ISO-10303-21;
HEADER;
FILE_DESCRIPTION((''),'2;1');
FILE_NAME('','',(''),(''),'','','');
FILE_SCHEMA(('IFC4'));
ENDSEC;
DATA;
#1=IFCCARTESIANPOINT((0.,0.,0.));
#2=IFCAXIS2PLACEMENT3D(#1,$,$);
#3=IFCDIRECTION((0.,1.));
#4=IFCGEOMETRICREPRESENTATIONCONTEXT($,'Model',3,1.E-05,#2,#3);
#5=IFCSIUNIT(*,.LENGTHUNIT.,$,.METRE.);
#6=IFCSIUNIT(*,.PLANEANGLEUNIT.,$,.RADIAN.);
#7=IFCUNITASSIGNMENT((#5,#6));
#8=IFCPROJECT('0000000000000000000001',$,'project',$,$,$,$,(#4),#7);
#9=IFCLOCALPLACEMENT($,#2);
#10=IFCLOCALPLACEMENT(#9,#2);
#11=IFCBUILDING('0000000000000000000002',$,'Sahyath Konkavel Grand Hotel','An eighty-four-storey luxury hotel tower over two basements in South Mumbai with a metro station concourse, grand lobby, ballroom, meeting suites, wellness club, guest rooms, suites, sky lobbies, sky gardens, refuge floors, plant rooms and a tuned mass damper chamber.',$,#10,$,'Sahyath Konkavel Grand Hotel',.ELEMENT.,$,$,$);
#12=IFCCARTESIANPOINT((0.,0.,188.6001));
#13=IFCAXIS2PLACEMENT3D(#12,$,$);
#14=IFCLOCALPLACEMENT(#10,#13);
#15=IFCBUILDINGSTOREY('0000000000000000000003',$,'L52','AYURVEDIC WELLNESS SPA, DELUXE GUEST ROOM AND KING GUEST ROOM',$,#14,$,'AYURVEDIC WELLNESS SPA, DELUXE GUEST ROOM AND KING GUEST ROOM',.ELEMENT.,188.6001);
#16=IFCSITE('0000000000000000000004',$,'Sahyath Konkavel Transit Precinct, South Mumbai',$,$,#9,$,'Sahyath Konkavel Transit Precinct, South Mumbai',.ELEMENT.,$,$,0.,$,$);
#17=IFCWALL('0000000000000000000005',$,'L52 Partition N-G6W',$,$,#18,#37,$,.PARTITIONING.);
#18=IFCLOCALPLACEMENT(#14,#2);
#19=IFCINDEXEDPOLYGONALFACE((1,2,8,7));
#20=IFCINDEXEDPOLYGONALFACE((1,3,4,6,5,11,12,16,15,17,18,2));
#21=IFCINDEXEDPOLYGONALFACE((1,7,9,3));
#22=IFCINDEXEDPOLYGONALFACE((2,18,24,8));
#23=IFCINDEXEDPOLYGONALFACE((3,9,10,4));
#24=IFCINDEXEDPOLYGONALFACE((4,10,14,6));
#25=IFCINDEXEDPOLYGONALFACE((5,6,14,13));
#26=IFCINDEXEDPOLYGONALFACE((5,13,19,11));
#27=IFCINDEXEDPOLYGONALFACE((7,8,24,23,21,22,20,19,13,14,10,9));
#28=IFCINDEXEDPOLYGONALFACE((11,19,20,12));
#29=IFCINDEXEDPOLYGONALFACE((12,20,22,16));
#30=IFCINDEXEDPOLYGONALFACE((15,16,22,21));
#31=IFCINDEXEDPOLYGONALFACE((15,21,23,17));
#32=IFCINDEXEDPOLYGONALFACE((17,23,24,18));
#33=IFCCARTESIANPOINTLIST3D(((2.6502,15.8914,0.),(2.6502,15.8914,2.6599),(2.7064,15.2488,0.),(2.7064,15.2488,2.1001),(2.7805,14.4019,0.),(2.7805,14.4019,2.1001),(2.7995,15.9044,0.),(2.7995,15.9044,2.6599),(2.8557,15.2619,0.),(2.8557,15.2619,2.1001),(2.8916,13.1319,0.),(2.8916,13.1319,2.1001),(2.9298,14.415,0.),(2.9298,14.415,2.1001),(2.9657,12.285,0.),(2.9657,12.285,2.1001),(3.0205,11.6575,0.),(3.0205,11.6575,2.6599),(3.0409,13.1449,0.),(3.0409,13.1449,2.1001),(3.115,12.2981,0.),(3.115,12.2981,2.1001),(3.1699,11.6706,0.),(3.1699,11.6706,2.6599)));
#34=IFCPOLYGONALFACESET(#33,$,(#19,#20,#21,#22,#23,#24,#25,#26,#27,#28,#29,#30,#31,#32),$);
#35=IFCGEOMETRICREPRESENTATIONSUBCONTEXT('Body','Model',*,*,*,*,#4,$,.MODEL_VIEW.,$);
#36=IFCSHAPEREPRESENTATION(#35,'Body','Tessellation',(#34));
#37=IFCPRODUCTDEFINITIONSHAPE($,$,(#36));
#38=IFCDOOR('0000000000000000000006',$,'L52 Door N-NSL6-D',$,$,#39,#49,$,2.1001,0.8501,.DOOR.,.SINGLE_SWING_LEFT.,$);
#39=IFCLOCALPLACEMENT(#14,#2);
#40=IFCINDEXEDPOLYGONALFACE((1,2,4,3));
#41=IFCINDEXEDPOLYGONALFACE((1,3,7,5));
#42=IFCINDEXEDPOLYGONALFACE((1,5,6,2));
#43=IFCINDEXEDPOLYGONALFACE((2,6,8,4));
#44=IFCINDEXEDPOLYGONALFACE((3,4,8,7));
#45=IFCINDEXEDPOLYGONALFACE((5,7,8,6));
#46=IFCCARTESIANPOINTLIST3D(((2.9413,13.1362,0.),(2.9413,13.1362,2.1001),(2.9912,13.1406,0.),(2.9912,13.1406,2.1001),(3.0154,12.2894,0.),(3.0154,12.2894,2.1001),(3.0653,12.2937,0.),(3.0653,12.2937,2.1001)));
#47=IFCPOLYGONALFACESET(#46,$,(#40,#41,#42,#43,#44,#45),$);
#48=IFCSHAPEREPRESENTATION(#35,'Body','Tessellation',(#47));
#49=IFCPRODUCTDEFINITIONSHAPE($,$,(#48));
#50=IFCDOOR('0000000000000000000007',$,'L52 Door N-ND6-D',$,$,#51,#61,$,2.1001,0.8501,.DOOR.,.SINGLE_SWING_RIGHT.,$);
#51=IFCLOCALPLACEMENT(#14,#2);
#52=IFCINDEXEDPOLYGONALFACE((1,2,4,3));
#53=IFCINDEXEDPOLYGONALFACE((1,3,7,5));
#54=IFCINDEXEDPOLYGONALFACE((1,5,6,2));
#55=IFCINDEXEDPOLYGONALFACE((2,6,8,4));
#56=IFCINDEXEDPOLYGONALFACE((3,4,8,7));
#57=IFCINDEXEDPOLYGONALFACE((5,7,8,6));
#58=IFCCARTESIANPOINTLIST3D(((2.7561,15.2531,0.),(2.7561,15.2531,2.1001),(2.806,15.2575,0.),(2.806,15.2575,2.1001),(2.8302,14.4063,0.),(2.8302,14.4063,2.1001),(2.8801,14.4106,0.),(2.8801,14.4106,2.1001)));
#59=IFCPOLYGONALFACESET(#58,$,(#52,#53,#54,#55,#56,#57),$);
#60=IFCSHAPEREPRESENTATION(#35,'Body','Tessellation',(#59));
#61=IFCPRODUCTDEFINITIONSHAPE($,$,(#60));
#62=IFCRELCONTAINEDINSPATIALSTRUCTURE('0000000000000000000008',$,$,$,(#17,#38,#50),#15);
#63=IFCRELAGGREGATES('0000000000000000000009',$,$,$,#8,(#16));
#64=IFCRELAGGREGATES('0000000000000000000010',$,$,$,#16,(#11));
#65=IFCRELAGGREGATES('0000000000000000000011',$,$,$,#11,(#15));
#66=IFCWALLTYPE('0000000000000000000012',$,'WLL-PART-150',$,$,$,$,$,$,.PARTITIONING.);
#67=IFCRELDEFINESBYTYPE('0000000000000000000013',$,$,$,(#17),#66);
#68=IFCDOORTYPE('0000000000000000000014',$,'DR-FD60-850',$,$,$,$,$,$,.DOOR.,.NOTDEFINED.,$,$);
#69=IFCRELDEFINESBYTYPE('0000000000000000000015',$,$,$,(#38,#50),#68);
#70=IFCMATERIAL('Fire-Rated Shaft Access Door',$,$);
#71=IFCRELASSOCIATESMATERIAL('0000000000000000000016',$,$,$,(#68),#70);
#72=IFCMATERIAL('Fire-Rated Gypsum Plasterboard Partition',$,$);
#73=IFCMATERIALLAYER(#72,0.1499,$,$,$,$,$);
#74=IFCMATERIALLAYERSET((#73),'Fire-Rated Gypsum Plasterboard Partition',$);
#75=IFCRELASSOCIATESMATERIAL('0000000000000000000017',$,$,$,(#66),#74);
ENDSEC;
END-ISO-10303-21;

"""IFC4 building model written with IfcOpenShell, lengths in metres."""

from ifc_helpers import new_model, si_unit, direction, frame, frame_2d, origin, origin_2d, place, context, subcontext, project, spatial, rectangle, extrude, source, transform, mapped, material, layer, layer_set, type_object, element, fill, save


model = new_model("IFC4")

# Units and contexts
model_context = context("Model", 3, precision=1e-05, world=origin(), true_north=direction((0.0, 1.0)))
body_context = subcontext(model_context, "Body", "Model", "MODEL_VIEW")
ifc_project = project(units=[si_unit("LENGTHUNIT", "METRE"), si_unit("PLANEANGLEUNIT", "RADIAN")], contexts=[model_context])

# Site, building, storey
site_placement = place(None, origin())
site = spatial("IfcSite", under=ifc_project, at=site_placement, Name="Sahyath Konkavel Transit Precinct, South Mumbai", LongName="Sahyath Konkavel Transit Precinct, South Mumbai", CompositionType="ELEMENT", RefElevation=0.0)
building_placement = place(site_placement, origin())
building = spatial("IfcBuilding", under=site, at=building_placement, Name="Sahyath Konkavel Grand Hotel", Description="An eighty-four-storey luxury hotel tower over two basements in South Mumbai with a metro station concourse, grand lobby, ballroom, meeting suites, wellness club, guest rooms, suites, sky lobbies, sky gardens, refuge floors, plant rooms and a tuned mass damper chamber.", LongName="Sahyath Konkavel Grand Hotel", CompositionType="ELEMENT")
storey_placement = place(building_placement, frame((0.0, 0.0, 188.6001)))
storey = spatial("IfcBuildingStorey", under=building, at=storey_placement, Name="L52", Description="AYURVEDIC WELLNESS SPA, DELUXE GUEST ROOM AND KING GUEST ROOM", LongName="AYURVEDIC WELLNESS SPA, DELUXE GUEST ROOM AND KING GUEST ROOM", CompositionType="ELEMENT", Elevation=188.6001)

# Shared definitions
ifc_material_1 = material(Name="Fire-Rated Shaft Access Door")
door_type = type_object("IfcDoorType", Name="DR-FD60-850", OperationType="NOTDEFINED", PredefinedType="DOOR", material=ifc_material_1)
shared_shape_1 = source(origin(), body_context, "Body", "SweptSolid", [
    extrude(rectangle(XDim=0.8501, YDim=0.05, at=origin_2d()), origin(), (0.0, 0.0, 1.0), 2.1001),
])

# Wall, openings, doors
ifc_material_2 = material(Name="Fire-Rated Gypsum Plasterboard Partition")
ifc_layer_1 = layer(ifc_material_2, 0.1499)
ifc_layer_set_1 = layer_set([ifc_layer_1], Name="Fire-Rated Gypsum Plasterboard Partition")
wall_type_1 = type_object("IfcWallType", Name="WLL-PART-150", PredefinedType="PARTITIONING", material=ifc_layer_set_1)
wall_1_placement = place(storey_placement, frame((3.0952, 11.6641, 0.0), z_axis=(0.0, 0.0, 1.0), x_axis=(-0.087143, 0.996196, 0.0)))
wall_1 = element("IfcWall", 1, at=wall_1_placement, inside=storey, type_object=wall_type_1, Name="L52 Partition N-G6W", PredefinedType="PARTITIONING", context=body_context, shape_type="SweptSolid", body=[
    extrude(rectangle(XDim=4.25, YDim=0.1499, at=frame_2d((2.125, 0.0))), origin(), (0.0, 0.0, 1.0), 2.6599),
])
opening_1_placement = place(wall_1_placement, frame((0.6299, 0.0, 0.0)))
opening_1 = element("IfcOpeningElement", 2, at=opening_1_placement, cuts=wall_1, PredefinedType="OPENING", context=body_context, shape_type="SweptSolid", body=[
    extrude(rectangle(XDim=0.8501, YDim=2.1001, at=frame_2d((0.425, 1.05))), frame((0.0, 0.085, 0.0), z_axis=(0.0, -1.0, 0.0), x_axis=(1.0, 0.0, 0.0)), (0.0, 0.0, 1.0), 0.1699),
])
opening_2_placement = place(wall_1_placement, frame((2.7549, 0.0, 0.0)))
opening_2 = element("IfcOpeningElement", 3, at=opening_2_placement, cuts=wall_1, PredefinedType="OPENING", context=body_context, shape_type="SweptSolid", body=[
    extrude(rectangle(XDim=0.8501, YDim=2.1001, at=frame_2d((0.425, 1.05))), frame((0.0, 0.085, 0.0), z_axis=(0.0, -1.0, 0.0), x_axis=(1.0, 0.0, 0.0)), (0.0, 0.0, 1.0), 0.1699),
])
door_1_placement = place(opening_1_placement, frame((0.425, 0.0, 0.0)))
door_1 = element("IfcDoor", 4, at=door_1_placement, inside=storey, type_object=door_type, Name="L52 Door N-NSL6-D", OperationType="SINGLE_SWING_LEFT", OverallHeight=2.1001, OverallWidth=0.8501, PredefinedType="DOOR", context=body_context, shape_type="MappedRepresentation", body=[
    mapped(shared_shape_1, transform((0.0, 0.0, 0.0), scale=1.0)),
])
fill(opening_1, door_1)
door_2_placement = place(opening_2_placement, frame((0.425, 0.0, 0.0)))
door_2 = element("IfcDoor", 5, at=door_2_placement, inside=storey, type_object=door_type, Name="L52 Door N-ND6-D", OperationType="SINGLE_SWING_RIGHT", OverallHeight=2.1001, OverallWidth=0.8501, PredefinedType="DOOR", context=body_context, shape_type="MappedRepresentation", body=[
    mapped(shared_shape_1, transform((0.0, 0.0, 0.0), scale=1.0)),
])
fill(opening_2, door_2)

save(model, "model.ifc")
